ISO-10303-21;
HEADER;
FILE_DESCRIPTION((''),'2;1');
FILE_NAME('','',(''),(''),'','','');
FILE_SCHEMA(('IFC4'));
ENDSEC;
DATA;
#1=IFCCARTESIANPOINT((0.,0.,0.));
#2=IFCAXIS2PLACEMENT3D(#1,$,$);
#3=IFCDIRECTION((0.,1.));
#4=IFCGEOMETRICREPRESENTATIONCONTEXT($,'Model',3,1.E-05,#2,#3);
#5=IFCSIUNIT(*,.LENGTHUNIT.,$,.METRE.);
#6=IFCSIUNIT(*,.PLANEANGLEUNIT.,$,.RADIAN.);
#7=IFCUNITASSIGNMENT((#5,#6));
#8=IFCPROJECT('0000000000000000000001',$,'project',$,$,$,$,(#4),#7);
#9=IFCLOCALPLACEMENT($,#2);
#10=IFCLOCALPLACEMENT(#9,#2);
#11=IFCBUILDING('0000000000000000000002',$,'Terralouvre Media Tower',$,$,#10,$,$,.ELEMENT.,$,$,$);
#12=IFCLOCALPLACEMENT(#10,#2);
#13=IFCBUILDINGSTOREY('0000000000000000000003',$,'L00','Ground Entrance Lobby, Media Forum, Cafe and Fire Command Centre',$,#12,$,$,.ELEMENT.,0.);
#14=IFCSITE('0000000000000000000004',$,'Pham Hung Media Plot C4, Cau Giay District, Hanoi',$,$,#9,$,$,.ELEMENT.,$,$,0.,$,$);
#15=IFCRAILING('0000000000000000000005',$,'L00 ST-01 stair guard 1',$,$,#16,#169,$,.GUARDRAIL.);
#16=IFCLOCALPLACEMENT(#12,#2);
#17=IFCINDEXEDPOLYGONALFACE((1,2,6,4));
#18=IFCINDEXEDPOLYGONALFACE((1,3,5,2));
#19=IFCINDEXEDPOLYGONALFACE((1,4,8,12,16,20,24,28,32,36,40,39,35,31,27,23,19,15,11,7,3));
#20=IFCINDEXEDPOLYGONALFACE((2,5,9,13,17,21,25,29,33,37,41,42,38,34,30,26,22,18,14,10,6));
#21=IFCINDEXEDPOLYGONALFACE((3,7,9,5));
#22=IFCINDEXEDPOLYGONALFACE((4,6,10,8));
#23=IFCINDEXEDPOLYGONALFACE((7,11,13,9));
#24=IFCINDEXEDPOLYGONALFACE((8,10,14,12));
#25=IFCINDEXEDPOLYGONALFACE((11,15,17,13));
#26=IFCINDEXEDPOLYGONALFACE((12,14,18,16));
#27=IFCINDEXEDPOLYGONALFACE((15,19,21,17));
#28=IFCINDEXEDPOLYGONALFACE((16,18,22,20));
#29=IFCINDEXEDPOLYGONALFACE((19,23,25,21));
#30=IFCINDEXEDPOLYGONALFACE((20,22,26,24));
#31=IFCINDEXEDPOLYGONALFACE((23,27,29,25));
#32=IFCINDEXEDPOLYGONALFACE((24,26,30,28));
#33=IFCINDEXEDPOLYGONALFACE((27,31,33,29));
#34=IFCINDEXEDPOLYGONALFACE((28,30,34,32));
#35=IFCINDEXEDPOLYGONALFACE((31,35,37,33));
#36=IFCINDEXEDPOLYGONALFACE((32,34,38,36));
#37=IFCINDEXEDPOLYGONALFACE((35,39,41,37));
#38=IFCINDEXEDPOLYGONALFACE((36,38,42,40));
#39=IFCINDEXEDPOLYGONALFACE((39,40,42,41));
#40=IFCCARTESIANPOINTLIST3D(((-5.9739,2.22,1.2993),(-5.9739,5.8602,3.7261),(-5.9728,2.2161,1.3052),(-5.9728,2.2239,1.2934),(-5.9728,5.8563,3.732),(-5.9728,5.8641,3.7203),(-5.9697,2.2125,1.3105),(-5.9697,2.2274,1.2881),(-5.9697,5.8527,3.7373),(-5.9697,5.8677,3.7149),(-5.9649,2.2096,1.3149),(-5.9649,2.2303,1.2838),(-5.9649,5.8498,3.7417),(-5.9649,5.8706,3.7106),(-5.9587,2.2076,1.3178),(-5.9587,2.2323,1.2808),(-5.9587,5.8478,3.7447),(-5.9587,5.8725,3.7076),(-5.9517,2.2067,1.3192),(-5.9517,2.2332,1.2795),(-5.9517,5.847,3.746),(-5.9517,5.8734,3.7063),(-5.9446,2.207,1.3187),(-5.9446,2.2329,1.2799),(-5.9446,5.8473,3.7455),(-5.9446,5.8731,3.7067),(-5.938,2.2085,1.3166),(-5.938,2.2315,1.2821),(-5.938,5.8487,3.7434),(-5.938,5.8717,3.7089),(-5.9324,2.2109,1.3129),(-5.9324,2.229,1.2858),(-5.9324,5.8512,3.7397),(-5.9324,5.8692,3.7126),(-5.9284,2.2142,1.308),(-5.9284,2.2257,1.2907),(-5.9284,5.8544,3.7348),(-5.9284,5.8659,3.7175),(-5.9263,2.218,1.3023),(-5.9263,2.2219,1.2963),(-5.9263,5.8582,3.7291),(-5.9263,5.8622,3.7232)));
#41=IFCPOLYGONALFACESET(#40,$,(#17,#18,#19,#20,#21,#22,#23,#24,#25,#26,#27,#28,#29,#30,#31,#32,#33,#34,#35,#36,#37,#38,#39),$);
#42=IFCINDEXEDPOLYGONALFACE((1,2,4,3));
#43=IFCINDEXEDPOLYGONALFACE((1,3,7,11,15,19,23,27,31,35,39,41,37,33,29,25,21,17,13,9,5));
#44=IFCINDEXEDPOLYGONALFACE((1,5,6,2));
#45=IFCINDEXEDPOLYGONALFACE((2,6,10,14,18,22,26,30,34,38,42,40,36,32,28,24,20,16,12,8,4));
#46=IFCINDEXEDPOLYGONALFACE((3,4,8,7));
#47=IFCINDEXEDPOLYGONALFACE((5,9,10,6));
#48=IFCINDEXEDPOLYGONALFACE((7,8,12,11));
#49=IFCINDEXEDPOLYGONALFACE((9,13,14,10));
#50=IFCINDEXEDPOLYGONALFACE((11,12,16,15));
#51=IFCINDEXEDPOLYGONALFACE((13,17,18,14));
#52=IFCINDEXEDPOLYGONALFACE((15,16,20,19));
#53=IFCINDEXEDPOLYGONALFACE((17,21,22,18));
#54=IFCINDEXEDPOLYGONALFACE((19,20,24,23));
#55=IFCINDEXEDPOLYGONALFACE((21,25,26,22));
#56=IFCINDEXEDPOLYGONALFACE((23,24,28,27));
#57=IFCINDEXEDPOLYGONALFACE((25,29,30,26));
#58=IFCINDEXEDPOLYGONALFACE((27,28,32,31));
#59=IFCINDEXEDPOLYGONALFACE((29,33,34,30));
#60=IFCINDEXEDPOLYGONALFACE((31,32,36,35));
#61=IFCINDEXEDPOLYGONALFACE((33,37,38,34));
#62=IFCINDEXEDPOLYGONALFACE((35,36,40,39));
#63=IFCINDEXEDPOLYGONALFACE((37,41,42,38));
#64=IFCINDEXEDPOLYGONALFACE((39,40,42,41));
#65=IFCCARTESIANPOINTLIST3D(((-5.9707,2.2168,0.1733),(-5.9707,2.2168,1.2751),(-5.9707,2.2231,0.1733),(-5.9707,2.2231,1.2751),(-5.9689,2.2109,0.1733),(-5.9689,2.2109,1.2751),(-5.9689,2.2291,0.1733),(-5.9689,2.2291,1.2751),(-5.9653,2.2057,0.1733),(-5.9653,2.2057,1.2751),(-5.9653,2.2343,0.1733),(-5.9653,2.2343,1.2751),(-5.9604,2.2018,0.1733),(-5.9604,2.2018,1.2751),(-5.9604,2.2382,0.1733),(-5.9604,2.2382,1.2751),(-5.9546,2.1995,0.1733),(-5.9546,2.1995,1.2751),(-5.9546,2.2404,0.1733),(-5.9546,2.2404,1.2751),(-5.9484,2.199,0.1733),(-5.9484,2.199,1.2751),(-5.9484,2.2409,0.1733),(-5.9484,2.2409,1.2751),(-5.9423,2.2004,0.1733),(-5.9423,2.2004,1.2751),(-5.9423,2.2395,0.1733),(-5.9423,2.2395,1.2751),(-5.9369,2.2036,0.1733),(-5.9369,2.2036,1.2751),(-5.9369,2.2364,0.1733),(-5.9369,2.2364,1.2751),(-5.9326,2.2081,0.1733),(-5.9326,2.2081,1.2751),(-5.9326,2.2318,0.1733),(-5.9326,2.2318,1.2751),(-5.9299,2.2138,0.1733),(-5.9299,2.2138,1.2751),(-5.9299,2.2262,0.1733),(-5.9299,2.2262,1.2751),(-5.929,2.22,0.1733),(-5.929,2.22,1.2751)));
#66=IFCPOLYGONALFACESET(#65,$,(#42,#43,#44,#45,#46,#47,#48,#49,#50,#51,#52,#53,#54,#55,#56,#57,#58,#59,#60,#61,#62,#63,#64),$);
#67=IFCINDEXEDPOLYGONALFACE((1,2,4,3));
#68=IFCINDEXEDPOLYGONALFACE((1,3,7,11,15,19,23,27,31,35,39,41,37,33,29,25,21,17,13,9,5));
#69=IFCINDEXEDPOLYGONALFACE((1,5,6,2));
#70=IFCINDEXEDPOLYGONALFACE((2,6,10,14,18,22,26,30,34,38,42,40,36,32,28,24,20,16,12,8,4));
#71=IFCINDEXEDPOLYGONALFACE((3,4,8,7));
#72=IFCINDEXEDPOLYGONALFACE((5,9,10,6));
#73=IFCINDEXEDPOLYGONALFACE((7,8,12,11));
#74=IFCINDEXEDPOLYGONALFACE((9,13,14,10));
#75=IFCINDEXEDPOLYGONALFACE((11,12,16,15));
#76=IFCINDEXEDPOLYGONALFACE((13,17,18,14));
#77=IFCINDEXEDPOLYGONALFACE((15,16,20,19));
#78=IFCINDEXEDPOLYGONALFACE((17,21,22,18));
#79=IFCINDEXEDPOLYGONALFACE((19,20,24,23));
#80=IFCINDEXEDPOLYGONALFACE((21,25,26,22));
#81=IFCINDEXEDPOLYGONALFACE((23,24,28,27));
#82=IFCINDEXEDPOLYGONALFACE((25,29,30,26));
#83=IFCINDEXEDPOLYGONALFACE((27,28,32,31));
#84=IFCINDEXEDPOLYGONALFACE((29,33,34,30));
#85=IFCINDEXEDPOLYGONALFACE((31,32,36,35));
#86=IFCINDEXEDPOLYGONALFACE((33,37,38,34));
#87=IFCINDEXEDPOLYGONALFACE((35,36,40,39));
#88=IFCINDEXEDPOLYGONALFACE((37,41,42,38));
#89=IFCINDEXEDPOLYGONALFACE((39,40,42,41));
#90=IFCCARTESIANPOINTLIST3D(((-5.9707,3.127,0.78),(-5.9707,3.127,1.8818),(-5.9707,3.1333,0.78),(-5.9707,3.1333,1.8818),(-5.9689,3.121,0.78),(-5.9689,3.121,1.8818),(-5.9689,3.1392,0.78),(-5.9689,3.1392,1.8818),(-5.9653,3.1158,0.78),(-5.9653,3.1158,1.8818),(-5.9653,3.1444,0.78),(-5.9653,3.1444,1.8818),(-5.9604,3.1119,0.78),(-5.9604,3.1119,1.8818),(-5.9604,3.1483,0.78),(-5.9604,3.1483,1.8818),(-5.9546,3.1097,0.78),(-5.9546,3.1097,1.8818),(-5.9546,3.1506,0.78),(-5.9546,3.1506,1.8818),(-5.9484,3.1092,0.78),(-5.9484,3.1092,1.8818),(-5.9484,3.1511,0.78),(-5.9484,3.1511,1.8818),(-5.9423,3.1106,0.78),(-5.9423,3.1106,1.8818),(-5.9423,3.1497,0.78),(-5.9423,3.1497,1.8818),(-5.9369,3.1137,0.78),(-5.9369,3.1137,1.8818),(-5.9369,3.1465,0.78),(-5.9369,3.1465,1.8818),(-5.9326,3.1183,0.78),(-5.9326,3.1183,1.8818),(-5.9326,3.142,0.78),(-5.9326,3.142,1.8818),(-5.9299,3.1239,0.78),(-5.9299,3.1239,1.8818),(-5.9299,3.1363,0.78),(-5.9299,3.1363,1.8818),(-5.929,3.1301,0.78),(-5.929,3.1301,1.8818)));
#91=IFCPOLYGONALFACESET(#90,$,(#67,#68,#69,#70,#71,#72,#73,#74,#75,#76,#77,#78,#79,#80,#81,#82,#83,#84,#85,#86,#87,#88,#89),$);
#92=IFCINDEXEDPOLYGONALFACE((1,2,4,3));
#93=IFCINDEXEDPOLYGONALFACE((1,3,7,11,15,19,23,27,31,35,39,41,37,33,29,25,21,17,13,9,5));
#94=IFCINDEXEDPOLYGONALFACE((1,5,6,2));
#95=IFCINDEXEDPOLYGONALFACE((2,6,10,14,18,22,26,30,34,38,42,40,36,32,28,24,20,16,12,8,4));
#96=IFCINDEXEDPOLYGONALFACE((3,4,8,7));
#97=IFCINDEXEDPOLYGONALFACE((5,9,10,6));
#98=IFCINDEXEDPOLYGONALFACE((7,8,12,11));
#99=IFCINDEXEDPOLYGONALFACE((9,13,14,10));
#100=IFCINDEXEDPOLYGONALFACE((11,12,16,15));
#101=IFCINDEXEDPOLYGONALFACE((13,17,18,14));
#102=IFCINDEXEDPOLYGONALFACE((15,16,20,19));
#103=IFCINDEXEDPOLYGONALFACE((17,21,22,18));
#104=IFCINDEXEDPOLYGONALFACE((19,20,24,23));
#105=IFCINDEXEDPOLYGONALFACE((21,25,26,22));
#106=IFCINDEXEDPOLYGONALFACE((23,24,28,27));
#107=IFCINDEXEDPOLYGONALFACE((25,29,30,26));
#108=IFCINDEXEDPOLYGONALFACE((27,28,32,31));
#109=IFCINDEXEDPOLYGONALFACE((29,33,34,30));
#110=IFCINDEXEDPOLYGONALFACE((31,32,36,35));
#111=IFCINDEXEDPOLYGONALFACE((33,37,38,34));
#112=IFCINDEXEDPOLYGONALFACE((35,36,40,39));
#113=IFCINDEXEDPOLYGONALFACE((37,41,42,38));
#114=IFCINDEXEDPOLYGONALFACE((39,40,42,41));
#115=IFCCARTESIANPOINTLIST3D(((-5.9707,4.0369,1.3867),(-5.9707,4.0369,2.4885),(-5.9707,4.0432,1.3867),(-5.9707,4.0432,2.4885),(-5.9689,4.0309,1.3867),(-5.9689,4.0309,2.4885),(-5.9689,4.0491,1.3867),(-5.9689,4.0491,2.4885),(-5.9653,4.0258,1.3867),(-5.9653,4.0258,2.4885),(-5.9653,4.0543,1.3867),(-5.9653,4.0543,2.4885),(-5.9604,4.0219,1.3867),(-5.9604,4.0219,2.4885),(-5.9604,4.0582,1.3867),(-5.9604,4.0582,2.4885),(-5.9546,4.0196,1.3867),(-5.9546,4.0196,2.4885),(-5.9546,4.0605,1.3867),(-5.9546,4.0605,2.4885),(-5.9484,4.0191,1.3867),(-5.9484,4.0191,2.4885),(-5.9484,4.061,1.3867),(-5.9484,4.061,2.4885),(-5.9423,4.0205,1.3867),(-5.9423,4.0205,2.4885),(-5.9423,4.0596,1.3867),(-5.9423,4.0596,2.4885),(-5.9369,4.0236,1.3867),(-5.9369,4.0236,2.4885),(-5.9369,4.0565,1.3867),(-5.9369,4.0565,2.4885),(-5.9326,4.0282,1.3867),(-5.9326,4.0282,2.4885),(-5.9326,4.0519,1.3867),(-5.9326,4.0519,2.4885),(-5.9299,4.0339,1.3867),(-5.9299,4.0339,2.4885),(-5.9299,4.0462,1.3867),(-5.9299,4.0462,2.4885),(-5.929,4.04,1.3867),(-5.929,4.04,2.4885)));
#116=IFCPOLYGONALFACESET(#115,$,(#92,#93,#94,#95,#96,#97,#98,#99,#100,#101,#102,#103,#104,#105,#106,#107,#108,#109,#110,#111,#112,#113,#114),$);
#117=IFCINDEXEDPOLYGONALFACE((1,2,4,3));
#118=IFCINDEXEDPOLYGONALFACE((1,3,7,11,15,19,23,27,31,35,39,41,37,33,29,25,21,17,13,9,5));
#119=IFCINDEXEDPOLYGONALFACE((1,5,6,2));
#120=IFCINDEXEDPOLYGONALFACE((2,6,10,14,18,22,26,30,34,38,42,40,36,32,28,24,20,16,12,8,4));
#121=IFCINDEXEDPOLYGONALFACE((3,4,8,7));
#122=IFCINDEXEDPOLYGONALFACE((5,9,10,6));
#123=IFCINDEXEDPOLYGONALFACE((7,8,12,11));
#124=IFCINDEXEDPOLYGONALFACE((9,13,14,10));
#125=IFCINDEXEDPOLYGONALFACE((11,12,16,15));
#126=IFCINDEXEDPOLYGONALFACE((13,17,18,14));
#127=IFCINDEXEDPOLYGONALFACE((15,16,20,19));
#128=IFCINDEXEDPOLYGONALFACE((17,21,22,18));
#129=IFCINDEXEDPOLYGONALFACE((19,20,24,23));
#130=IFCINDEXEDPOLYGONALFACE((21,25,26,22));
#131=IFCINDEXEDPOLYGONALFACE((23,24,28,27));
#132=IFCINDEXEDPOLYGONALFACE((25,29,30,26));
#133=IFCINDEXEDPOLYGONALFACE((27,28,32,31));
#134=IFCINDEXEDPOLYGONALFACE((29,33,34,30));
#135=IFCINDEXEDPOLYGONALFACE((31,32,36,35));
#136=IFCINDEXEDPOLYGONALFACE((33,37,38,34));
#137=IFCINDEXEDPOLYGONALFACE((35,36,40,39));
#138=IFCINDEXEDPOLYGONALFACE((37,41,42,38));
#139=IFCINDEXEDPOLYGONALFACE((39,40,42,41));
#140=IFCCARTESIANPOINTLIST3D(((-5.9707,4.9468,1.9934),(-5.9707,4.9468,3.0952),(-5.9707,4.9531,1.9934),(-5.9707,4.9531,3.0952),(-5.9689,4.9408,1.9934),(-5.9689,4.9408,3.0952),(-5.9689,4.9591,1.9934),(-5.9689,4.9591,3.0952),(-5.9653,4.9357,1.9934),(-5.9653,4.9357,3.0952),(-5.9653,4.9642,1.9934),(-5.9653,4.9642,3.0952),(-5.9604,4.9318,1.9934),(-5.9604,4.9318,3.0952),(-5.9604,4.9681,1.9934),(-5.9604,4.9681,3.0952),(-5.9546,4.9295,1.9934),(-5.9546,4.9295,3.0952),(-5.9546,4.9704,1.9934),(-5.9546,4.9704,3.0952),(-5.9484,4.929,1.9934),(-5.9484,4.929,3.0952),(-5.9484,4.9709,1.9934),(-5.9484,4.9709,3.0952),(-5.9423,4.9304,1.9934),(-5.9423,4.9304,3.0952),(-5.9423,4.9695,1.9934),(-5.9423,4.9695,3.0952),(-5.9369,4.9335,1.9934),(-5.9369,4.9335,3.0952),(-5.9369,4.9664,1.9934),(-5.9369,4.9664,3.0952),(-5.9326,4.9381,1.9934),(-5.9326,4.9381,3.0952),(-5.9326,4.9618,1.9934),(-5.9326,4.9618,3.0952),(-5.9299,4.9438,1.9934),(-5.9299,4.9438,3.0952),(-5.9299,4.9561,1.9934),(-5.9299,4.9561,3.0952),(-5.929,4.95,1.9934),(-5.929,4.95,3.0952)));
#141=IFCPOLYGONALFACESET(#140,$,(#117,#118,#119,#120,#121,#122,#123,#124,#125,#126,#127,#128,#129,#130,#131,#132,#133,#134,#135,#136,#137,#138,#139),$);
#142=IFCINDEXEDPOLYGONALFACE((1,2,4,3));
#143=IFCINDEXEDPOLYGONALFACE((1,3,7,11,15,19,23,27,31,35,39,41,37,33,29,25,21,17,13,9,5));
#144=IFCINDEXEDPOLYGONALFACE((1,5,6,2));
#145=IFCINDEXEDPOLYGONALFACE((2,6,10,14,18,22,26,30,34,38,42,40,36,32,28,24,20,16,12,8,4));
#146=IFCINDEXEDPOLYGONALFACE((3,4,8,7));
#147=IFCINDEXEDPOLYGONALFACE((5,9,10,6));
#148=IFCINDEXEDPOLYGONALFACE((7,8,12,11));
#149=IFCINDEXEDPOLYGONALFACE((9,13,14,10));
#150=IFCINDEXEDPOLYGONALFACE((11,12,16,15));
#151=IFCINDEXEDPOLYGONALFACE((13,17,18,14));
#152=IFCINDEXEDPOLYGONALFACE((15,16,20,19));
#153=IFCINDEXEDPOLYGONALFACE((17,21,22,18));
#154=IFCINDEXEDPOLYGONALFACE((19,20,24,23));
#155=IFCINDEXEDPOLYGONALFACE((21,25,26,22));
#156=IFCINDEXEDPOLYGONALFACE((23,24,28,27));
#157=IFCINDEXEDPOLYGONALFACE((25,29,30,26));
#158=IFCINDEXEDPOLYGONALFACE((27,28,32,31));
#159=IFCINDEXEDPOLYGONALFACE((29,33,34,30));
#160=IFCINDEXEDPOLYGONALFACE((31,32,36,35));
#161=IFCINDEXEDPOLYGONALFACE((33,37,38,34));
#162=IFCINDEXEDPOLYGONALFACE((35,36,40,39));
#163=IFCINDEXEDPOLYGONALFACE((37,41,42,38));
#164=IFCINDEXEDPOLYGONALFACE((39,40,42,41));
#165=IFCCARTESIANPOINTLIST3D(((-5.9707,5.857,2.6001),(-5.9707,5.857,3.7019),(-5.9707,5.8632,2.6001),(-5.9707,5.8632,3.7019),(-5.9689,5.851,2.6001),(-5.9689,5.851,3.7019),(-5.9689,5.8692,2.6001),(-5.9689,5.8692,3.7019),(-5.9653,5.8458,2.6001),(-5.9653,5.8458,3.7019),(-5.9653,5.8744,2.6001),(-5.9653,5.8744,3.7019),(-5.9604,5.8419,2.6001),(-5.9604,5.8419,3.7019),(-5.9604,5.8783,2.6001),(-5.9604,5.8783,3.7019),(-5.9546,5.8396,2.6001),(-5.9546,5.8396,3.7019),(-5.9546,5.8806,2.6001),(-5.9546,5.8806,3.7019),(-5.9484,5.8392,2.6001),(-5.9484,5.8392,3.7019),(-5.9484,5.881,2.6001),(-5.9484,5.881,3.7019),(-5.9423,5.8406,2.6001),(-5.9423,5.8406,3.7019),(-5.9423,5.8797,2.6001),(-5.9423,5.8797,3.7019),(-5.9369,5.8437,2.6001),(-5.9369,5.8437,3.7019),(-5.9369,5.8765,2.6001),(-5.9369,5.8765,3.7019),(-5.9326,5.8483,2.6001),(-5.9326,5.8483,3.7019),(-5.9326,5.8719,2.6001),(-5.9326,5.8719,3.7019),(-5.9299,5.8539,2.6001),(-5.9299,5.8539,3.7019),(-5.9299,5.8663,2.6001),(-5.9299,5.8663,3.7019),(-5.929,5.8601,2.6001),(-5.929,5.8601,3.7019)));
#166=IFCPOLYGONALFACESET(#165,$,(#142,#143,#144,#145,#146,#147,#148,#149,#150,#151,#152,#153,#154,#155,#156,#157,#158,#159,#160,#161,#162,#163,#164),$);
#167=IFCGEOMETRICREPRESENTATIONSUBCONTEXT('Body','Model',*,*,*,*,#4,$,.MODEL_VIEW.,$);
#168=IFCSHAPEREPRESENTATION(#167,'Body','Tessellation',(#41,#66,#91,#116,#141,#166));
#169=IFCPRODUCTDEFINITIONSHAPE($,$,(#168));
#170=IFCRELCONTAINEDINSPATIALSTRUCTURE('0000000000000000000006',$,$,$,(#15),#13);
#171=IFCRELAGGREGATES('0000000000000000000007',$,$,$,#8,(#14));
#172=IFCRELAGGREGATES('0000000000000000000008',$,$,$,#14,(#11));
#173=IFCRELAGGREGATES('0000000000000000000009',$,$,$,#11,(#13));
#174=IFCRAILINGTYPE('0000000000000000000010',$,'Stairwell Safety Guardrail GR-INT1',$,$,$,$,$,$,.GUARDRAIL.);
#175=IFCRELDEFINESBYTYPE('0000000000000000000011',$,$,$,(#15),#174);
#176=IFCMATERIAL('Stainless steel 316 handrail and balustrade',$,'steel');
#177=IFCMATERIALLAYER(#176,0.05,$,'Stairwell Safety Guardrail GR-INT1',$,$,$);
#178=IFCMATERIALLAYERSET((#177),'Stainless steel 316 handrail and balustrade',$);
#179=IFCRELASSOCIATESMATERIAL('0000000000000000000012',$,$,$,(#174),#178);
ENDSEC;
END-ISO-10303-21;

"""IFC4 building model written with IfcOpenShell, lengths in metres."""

from ifc_helpers import new_model, si_unit, direction, frame, origin, origin_2d, place, context, subcontext, project, spatial, circle, extrude, material, layer, layer_set, type_object, element, save


model = new_model("IFC4")

# Units and contexts
model_context = context("Model", 3, precision=1e-05, world=origin(), true_north=direction((0.0, 1.0)))
body_context = subcontext(model_context, "Body", "Model", "MODEL_VIEW")
ifc_project = project(units=[si_unit("LENGTHUNIT", "METRE"), si_unit("PLANEANGLEUNIT", "RADIAN")], contexts=[model_context])

# Site, building, storey
site_placement = place(None, origin())
site = spatial("IfcSite", under=ifc_project, at=site_placement, Name="Pham Hung Media Plot C4, Cau Giay District, Hanoi", CompositionType="ELEMENT", RefElevation=0.0)
building_placement = place(site_placement, origin())
building = spatial("IfcBuilding", under=site, at=building_placement, Name="Terralouvre Media Tower", CompositionType="ELEMENT")
storey_placement = place(building_placement, origin())
storey = spatial("IfcBuildingStorey", under=building, at=storey_placement, Name="L00", Description="Ground Entrance Lobby, Media Forum, Cafe and Fire Command Centre", CompositionType="ELEMENT", Elevation=0.0)

# Railing
ifc_material_1 = material(Name="Stainless steel 316 handrail and balustrade", Category="steel")
ifc_layer_1 = layer(ifc_material_1, 0.05, Name="Stairwell Safety Guardrail GR-INT1")
ifc_layer_set_1 = layer_set([ifc_layer_1], Name="Stainless steel 316 handrail and balustrade")
railing_type_1 = type_object("IfcRailingType", Name="Stairwell Safety Guardrail GR-INT1", PredefinedType="GUARDRAIL", material=ifc_layer_set_1)
railing_1_placement = place(storey_placement, frame((-5.95, 2.22, 0.1733)))
element("IfcRailing", 1, at=railing_1_placement, inside=storey, type_object=railing_type_1, Name="L00 ST-01 stair guard 1", PredefinedType="GUARDRAIL", context=body_context, shape_type="SweptSolid", body=[
    extrude(circle(Radius=0.0239, at=origin_2d()), frame((0.0, 0.0, 1.126), z_axis=(0.0, 0.83205, 0.5547), x_axis=(-1.0, 0.0, 0.0)), (0.0, 0.0, 1.0), 4.375),
    extrude(circle(Radius=0.021, at=origin_2d()), origin(), (0.0, 0.0, 1.0), 1.1018),
    extrude(circle(Radius=0.021, at=origin_2d()), frame((0.0, 0.9102, 0.6067)), (0.0, 0.0, 1.0), 1.1018),
    extrude(circle(Radius=0.021, at=origin_2d()), frame((0.0, 1.8201, 1.2134)), (0.0, 0.0, 1.0), 1.1018),
    extrude(circle(Radius=0.021, at=origin_2d()), frame((0.0, 2.73, 1.8201)), (0.0, 0.0, 1.0), 1.1018),
    extrude(circle(Radius=0.021, at=origin_2d()), frame((0.0, 3.6401, 2.4268)), (0.0, 0.0, 1.0), 1.1018),
])

save(model, "model.ifc")
